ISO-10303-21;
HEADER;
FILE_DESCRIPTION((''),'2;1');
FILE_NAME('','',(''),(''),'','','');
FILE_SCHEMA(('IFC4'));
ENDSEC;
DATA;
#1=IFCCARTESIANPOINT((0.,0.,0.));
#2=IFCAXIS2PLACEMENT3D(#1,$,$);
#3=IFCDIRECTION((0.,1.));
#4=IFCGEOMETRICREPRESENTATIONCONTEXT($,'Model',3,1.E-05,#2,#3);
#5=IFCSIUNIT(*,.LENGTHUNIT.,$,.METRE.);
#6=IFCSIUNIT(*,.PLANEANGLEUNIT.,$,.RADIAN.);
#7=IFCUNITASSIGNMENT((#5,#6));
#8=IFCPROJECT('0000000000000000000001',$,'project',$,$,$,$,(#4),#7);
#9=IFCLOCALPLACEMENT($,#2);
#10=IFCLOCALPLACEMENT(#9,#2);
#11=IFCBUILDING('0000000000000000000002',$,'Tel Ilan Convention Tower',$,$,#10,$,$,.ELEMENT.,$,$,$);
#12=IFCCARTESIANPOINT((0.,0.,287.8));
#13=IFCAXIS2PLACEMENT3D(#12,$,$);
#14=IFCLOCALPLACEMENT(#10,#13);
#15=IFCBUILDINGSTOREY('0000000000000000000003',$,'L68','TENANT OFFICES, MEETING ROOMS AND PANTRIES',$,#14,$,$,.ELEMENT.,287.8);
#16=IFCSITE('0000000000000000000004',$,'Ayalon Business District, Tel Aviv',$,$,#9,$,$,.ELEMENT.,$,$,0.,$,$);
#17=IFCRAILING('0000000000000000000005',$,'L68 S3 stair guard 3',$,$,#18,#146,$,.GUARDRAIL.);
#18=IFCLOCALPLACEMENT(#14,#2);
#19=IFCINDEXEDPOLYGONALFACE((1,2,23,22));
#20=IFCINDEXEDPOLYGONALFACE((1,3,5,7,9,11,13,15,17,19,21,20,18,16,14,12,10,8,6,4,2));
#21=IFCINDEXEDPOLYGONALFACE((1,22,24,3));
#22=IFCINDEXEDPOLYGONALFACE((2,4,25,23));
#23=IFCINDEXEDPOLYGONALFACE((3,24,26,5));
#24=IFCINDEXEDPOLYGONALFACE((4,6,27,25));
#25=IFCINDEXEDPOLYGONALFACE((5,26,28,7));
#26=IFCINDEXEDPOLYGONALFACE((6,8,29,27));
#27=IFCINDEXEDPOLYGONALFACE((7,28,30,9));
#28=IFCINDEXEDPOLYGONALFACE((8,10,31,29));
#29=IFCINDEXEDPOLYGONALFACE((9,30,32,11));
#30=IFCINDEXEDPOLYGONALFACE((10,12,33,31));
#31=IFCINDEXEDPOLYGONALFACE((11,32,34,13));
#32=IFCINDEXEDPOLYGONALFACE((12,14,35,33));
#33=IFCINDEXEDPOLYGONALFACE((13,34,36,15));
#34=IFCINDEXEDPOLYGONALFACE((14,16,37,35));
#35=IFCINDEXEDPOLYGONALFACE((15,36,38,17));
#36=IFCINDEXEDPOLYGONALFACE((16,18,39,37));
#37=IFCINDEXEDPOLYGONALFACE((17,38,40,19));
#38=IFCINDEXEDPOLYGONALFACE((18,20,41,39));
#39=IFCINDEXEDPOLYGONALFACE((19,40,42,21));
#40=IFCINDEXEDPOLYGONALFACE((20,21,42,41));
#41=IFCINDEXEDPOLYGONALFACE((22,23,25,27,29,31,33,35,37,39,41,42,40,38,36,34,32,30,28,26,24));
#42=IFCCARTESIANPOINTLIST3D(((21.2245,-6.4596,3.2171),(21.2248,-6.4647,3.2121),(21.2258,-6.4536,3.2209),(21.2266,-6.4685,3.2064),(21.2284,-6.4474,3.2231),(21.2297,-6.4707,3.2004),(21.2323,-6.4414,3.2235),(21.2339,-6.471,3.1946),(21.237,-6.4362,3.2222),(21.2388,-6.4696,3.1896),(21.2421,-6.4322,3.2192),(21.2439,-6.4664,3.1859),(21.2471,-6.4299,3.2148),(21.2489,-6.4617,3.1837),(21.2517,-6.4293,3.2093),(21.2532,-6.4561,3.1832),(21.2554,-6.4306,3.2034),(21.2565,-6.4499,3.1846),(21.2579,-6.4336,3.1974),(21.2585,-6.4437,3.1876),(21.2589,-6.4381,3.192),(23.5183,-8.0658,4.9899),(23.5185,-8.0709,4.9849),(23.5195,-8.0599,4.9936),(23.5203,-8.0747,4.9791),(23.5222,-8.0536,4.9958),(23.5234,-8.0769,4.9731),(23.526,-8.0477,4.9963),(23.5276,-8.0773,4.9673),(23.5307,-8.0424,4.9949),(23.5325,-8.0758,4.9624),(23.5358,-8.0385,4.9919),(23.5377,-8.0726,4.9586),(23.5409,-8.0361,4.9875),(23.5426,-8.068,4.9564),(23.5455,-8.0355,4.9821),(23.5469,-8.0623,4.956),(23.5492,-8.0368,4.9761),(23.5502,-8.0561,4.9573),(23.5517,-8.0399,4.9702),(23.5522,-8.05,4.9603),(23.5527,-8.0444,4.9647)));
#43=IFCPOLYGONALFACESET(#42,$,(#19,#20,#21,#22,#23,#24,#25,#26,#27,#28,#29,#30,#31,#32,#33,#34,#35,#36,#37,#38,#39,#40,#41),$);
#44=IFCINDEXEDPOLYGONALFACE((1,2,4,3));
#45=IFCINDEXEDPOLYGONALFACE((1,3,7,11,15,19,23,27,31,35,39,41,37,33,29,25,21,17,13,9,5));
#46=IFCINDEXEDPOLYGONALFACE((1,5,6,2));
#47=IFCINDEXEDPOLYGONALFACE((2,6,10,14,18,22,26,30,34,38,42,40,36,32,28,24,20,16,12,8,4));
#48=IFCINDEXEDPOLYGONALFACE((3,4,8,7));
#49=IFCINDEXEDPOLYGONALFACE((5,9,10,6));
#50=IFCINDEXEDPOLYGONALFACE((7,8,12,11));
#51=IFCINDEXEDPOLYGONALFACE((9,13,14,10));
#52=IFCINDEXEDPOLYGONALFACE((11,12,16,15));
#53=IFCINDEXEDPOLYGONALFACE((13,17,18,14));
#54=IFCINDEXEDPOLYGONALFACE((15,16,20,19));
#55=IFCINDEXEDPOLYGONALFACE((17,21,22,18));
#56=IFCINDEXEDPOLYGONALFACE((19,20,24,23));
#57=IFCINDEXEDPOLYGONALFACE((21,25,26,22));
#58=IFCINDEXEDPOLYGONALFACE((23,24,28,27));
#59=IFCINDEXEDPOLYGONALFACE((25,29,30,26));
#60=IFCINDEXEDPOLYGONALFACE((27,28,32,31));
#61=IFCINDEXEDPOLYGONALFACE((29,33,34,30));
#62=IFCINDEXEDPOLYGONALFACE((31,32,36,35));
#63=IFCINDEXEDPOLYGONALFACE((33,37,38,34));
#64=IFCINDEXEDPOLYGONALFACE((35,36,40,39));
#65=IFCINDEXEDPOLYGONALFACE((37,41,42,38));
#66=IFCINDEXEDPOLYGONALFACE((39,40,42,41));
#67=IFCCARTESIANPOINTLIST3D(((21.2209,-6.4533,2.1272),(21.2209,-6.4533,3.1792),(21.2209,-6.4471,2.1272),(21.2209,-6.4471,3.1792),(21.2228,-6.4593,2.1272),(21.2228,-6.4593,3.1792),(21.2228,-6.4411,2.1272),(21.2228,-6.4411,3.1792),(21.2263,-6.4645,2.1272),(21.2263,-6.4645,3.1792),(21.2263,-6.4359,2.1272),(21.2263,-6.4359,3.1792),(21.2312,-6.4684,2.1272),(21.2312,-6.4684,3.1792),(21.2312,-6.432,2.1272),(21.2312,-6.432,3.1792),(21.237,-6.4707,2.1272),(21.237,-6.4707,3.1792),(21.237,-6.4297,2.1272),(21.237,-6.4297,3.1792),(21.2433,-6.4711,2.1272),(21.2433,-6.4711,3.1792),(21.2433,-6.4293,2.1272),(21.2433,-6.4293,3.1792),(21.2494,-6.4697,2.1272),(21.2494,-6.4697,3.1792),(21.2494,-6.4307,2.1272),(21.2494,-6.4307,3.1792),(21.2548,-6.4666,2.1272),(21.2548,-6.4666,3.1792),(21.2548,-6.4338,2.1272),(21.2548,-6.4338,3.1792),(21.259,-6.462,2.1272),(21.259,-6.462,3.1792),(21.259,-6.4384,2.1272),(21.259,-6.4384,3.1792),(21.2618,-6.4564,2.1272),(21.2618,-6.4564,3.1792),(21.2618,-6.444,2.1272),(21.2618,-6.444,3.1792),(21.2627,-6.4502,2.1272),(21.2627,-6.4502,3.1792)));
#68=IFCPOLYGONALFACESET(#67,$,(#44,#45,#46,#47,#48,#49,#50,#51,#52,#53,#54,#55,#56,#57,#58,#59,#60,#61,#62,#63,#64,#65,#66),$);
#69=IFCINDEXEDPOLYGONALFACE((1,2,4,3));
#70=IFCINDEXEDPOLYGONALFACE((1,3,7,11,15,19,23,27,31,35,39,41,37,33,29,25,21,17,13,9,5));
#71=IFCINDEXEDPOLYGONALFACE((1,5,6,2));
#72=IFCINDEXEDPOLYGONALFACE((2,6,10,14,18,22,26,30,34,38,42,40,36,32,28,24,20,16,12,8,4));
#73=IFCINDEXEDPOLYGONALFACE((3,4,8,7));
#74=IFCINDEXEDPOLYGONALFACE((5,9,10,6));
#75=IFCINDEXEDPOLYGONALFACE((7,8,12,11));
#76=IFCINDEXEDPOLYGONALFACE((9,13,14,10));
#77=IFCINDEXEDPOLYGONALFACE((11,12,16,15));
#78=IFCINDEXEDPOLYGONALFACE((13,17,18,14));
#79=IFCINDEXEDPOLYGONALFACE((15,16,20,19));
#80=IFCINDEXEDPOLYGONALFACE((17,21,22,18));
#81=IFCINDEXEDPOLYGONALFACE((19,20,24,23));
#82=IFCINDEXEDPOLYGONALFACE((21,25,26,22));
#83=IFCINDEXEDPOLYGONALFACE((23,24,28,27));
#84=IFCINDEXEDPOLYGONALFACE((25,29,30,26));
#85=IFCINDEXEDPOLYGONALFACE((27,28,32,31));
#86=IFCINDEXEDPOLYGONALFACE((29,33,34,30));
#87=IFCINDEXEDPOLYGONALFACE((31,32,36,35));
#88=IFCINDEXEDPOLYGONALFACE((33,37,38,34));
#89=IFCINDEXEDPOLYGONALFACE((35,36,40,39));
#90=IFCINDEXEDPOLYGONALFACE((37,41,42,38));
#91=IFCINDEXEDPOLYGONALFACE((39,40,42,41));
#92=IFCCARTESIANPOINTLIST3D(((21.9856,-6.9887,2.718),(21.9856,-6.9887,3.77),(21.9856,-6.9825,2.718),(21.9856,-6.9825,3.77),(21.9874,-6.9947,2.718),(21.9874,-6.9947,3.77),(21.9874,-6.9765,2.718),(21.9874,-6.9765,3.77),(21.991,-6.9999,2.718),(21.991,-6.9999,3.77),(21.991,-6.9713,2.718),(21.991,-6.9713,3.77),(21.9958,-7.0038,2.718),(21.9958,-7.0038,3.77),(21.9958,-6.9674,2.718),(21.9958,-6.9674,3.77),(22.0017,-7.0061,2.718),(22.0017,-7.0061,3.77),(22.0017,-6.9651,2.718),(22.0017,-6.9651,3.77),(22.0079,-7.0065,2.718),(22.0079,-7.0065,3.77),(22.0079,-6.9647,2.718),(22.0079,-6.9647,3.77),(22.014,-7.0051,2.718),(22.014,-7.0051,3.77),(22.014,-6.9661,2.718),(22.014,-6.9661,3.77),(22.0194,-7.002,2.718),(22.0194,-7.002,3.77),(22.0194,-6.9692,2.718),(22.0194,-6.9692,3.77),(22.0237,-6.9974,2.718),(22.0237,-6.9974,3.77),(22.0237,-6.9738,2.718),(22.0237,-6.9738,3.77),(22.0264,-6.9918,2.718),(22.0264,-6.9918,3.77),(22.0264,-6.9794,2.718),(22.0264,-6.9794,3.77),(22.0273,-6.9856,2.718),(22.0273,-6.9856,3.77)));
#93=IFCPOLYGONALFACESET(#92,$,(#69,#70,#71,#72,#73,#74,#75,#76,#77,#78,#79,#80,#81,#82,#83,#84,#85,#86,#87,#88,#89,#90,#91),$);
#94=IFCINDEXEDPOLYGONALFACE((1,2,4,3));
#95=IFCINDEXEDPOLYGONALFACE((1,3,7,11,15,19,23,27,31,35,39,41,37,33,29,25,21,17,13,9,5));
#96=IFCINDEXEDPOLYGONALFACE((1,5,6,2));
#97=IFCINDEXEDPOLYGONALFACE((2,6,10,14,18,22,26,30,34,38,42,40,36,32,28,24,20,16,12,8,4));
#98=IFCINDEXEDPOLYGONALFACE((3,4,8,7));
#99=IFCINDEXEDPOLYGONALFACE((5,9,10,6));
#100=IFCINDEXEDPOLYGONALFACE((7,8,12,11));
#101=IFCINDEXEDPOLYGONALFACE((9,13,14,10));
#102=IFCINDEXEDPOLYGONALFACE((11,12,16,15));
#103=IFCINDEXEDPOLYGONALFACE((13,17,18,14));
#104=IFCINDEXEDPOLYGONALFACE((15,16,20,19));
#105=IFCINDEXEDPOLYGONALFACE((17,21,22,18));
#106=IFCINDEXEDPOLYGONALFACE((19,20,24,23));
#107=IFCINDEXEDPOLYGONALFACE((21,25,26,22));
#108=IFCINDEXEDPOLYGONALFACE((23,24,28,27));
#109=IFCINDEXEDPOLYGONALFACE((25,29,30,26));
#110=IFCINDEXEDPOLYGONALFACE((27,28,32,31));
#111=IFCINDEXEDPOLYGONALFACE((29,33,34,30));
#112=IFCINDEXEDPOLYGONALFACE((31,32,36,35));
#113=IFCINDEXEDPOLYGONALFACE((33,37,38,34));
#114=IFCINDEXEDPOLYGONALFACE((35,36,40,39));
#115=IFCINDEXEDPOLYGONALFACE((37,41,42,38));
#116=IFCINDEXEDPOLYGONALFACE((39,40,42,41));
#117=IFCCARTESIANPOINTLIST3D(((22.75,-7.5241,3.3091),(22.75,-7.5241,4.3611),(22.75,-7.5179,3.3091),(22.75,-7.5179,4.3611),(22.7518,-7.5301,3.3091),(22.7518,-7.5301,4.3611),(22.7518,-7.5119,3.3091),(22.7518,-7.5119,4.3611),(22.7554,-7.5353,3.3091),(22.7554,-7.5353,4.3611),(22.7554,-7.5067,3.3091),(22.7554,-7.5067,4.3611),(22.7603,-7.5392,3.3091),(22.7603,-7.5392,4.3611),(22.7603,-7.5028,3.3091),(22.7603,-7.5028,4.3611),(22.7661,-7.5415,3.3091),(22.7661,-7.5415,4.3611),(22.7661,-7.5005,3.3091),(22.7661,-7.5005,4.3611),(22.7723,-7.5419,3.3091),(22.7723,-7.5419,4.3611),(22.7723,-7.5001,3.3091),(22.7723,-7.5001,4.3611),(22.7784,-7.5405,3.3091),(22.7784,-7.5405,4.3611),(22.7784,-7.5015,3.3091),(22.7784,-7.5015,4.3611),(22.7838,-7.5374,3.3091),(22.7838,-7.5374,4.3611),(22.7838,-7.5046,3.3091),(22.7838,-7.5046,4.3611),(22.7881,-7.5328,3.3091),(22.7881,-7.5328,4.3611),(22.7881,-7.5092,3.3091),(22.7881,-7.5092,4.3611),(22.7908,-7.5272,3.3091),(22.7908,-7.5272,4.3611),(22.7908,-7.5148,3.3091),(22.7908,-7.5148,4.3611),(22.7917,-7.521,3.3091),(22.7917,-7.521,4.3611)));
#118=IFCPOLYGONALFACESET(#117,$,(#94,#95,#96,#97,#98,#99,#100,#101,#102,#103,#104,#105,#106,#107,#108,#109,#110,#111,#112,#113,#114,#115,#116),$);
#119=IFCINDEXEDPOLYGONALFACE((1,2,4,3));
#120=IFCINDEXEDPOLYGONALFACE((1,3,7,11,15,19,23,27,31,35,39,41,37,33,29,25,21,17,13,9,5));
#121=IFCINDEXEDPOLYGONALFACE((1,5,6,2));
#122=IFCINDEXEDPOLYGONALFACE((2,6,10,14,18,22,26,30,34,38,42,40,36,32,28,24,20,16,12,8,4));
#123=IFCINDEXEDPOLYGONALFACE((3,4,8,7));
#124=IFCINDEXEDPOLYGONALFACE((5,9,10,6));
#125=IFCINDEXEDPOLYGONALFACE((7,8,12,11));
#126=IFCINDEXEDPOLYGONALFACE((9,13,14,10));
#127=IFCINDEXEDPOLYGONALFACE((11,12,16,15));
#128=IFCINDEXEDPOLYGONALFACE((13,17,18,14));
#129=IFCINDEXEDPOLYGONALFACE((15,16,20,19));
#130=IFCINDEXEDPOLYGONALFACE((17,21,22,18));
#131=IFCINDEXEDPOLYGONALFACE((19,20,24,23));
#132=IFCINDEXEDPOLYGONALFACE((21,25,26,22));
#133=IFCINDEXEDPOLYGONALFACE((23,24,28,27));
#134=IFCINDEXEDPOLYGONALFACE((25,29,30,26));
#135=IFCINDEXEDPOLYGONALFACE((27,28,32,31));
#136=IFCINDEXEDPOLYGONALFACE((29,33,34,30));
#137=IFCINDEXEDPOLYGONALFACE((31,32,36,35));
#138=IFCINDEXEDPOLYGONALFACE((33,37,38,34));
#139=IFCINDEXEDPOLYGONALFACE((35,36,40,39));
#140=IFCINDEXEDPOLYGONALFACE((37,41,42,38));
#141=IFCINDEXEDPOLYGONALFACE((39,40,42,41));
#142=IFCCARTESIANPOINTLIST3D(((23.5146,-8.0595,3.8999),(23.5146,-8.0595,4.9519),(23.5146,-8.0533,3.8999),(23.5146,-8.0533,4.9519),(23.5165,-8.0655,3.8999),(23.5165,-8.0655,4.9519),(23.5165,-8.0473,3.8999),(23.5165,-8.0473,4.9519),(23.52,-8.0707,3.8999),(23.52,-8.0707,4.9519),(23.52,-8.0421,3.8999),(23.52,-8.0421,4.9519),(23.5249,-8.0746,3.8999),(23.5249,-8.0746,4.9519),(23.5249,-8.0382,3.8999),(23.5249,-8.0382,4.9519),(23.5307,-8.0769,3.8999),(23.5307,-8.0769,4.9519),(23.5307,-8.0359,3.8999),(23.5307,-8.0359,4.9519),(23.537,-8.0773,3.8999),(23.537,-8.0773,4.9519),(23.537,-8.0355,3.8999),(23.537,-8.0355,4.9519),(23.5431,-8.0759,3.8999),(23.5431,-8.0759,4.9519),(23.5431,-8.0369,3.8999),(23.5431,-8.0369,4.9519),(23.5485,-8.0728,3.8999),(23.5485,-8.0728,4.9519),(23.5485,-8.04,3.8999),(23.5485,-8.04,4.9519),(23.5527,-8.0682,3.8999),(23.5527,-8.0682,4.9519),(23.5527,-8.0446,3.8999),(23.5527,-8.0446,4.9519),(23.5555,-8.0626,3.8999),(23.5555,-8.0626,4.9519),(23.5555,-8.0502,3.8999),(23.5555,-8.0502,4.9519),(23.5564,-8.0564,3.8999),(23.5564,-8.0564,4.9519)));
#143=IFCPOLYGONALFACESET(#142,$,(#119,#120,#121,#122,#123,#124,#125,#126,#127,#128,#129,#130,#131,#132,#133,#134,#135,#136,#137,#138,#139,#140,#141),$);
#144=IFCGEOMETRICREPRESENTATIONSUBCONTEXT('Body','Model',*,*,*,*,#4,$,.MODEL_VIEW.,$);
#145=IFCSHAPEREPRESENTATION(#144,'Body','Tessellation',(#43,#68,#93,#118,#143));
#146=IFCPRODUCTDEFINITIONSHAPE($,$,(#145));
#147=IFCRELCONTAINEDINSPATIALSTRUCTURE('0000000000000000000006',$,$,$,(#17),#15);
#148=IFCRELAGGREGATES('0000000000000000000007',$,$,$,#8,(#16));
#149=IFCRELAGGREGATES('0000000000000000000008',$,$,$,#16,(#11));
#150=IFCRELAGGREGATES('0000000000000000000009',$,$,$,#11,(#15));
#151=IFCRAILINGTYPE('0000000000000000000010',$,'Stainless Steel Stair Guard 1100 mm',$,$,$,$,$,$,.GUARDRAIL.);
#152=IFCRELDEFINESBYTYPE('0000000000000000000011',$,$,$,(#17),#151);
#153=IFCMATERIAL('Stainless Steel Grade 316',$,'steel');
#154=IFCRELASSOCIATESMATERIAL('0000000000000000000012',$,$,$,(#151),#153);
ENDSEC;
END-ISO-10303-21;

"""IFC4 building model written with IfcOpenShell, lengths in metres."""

from ifc_helpers import new_model, si_unit, direction, frame, origin, origin_2d, place, context, subcontext, project, spatial, circle, extrude, material, type_object, element, save


model = new_model("IFC4")

# Units and contexts
model_context = context("Model", 3, precision=1e-05, world=origin(), true_north=direction((0.0, 1.0)))
body_context = subcontext(model_context, "Body", "Model", "MODEL_VIEW")
ifc_project = project(units=[si_unit("LENGTHUNIT", "METRE"), si_unit("PLANEANGLEUNIT", "RADIAN")], contexts=[model_context])

# Site, building, storey
site_placement = place(None, origin())
site = spatial("IfcSite", under=ifc_project, at=site_placement, Name="Ayalon Business District, Tel Aviv", CompositionType="ELEMENT", RefElevation=0.0)
building_placement = place(site_placement, origin())
building = spatial("IfcBuilding", under=site, at=building_placement, Name="Tel Ilan Convention Tower", CompositionType="ELEMENT")
storey_placement = place(building_placement, frame((0.0, 0.0, 287.8)))
storey = spatial("IfcBuildingStorey", under=building, at=storey_placement, Name="L68", Description="TENANT OFFICES, MEETING ROOMS AND PANTRIES", CompositionType="ELEMENT", Elevation=287.8)

# Railing
ifc_material_1 = material(Name="Stainless Steel Grade 316", Category="steel")
railing_type_1 = type_object("IfcRailingType", Name="Stainless Steel Stair Guard 1100 mm", PredefinedType="GUARDRAIL", material=ifc_material_1)
railing_1_placement = place(storey_placement, frame((21.2417, -6.4502, 2.1272)))
element("IfcRailing", 1, at=railing_1_placement, inside=storey, type_object=railing_type_1, Name="L68 S3 stair guard 3", PredefinedType="GUARDRAIL", context=body_context, shape_type="SweptSolid", body=[
    extrude(circle(Radius=0.0239, at=origin_2d()), frame((0.0, 0.0, 1.0762), z_axis=(0.692098, -0.484653, 0.534894), x_axis=(0.573609, 0.81913, 0.0)), (0.0, 0.0, 1.0), 3.3142),
    extrude(circle(Radius=0.021, at=origin_2d()), origin(), (0.0, 0.0, 1.0), 1.052),
    extrude(circle(Radius=0.021, at=origin_2d()), frame((0.7646, -0.5354, 0.5908)), (0.0, 0.0, 1.0), 1.052),
    extrude(circle(Radius=0.021, at=origin_2d()), frame((1.5291, -1.0708, 1.1819)), (0.0, 0.0, 1.0), 1.052),
    extrude(circle(Radius=0.021, at=origin_2d()), frame((2.2937, -1.6062, 1.7727)), (0.0, 0.0, 1.0), 1.052),
])

save(model, "model.ifc")
